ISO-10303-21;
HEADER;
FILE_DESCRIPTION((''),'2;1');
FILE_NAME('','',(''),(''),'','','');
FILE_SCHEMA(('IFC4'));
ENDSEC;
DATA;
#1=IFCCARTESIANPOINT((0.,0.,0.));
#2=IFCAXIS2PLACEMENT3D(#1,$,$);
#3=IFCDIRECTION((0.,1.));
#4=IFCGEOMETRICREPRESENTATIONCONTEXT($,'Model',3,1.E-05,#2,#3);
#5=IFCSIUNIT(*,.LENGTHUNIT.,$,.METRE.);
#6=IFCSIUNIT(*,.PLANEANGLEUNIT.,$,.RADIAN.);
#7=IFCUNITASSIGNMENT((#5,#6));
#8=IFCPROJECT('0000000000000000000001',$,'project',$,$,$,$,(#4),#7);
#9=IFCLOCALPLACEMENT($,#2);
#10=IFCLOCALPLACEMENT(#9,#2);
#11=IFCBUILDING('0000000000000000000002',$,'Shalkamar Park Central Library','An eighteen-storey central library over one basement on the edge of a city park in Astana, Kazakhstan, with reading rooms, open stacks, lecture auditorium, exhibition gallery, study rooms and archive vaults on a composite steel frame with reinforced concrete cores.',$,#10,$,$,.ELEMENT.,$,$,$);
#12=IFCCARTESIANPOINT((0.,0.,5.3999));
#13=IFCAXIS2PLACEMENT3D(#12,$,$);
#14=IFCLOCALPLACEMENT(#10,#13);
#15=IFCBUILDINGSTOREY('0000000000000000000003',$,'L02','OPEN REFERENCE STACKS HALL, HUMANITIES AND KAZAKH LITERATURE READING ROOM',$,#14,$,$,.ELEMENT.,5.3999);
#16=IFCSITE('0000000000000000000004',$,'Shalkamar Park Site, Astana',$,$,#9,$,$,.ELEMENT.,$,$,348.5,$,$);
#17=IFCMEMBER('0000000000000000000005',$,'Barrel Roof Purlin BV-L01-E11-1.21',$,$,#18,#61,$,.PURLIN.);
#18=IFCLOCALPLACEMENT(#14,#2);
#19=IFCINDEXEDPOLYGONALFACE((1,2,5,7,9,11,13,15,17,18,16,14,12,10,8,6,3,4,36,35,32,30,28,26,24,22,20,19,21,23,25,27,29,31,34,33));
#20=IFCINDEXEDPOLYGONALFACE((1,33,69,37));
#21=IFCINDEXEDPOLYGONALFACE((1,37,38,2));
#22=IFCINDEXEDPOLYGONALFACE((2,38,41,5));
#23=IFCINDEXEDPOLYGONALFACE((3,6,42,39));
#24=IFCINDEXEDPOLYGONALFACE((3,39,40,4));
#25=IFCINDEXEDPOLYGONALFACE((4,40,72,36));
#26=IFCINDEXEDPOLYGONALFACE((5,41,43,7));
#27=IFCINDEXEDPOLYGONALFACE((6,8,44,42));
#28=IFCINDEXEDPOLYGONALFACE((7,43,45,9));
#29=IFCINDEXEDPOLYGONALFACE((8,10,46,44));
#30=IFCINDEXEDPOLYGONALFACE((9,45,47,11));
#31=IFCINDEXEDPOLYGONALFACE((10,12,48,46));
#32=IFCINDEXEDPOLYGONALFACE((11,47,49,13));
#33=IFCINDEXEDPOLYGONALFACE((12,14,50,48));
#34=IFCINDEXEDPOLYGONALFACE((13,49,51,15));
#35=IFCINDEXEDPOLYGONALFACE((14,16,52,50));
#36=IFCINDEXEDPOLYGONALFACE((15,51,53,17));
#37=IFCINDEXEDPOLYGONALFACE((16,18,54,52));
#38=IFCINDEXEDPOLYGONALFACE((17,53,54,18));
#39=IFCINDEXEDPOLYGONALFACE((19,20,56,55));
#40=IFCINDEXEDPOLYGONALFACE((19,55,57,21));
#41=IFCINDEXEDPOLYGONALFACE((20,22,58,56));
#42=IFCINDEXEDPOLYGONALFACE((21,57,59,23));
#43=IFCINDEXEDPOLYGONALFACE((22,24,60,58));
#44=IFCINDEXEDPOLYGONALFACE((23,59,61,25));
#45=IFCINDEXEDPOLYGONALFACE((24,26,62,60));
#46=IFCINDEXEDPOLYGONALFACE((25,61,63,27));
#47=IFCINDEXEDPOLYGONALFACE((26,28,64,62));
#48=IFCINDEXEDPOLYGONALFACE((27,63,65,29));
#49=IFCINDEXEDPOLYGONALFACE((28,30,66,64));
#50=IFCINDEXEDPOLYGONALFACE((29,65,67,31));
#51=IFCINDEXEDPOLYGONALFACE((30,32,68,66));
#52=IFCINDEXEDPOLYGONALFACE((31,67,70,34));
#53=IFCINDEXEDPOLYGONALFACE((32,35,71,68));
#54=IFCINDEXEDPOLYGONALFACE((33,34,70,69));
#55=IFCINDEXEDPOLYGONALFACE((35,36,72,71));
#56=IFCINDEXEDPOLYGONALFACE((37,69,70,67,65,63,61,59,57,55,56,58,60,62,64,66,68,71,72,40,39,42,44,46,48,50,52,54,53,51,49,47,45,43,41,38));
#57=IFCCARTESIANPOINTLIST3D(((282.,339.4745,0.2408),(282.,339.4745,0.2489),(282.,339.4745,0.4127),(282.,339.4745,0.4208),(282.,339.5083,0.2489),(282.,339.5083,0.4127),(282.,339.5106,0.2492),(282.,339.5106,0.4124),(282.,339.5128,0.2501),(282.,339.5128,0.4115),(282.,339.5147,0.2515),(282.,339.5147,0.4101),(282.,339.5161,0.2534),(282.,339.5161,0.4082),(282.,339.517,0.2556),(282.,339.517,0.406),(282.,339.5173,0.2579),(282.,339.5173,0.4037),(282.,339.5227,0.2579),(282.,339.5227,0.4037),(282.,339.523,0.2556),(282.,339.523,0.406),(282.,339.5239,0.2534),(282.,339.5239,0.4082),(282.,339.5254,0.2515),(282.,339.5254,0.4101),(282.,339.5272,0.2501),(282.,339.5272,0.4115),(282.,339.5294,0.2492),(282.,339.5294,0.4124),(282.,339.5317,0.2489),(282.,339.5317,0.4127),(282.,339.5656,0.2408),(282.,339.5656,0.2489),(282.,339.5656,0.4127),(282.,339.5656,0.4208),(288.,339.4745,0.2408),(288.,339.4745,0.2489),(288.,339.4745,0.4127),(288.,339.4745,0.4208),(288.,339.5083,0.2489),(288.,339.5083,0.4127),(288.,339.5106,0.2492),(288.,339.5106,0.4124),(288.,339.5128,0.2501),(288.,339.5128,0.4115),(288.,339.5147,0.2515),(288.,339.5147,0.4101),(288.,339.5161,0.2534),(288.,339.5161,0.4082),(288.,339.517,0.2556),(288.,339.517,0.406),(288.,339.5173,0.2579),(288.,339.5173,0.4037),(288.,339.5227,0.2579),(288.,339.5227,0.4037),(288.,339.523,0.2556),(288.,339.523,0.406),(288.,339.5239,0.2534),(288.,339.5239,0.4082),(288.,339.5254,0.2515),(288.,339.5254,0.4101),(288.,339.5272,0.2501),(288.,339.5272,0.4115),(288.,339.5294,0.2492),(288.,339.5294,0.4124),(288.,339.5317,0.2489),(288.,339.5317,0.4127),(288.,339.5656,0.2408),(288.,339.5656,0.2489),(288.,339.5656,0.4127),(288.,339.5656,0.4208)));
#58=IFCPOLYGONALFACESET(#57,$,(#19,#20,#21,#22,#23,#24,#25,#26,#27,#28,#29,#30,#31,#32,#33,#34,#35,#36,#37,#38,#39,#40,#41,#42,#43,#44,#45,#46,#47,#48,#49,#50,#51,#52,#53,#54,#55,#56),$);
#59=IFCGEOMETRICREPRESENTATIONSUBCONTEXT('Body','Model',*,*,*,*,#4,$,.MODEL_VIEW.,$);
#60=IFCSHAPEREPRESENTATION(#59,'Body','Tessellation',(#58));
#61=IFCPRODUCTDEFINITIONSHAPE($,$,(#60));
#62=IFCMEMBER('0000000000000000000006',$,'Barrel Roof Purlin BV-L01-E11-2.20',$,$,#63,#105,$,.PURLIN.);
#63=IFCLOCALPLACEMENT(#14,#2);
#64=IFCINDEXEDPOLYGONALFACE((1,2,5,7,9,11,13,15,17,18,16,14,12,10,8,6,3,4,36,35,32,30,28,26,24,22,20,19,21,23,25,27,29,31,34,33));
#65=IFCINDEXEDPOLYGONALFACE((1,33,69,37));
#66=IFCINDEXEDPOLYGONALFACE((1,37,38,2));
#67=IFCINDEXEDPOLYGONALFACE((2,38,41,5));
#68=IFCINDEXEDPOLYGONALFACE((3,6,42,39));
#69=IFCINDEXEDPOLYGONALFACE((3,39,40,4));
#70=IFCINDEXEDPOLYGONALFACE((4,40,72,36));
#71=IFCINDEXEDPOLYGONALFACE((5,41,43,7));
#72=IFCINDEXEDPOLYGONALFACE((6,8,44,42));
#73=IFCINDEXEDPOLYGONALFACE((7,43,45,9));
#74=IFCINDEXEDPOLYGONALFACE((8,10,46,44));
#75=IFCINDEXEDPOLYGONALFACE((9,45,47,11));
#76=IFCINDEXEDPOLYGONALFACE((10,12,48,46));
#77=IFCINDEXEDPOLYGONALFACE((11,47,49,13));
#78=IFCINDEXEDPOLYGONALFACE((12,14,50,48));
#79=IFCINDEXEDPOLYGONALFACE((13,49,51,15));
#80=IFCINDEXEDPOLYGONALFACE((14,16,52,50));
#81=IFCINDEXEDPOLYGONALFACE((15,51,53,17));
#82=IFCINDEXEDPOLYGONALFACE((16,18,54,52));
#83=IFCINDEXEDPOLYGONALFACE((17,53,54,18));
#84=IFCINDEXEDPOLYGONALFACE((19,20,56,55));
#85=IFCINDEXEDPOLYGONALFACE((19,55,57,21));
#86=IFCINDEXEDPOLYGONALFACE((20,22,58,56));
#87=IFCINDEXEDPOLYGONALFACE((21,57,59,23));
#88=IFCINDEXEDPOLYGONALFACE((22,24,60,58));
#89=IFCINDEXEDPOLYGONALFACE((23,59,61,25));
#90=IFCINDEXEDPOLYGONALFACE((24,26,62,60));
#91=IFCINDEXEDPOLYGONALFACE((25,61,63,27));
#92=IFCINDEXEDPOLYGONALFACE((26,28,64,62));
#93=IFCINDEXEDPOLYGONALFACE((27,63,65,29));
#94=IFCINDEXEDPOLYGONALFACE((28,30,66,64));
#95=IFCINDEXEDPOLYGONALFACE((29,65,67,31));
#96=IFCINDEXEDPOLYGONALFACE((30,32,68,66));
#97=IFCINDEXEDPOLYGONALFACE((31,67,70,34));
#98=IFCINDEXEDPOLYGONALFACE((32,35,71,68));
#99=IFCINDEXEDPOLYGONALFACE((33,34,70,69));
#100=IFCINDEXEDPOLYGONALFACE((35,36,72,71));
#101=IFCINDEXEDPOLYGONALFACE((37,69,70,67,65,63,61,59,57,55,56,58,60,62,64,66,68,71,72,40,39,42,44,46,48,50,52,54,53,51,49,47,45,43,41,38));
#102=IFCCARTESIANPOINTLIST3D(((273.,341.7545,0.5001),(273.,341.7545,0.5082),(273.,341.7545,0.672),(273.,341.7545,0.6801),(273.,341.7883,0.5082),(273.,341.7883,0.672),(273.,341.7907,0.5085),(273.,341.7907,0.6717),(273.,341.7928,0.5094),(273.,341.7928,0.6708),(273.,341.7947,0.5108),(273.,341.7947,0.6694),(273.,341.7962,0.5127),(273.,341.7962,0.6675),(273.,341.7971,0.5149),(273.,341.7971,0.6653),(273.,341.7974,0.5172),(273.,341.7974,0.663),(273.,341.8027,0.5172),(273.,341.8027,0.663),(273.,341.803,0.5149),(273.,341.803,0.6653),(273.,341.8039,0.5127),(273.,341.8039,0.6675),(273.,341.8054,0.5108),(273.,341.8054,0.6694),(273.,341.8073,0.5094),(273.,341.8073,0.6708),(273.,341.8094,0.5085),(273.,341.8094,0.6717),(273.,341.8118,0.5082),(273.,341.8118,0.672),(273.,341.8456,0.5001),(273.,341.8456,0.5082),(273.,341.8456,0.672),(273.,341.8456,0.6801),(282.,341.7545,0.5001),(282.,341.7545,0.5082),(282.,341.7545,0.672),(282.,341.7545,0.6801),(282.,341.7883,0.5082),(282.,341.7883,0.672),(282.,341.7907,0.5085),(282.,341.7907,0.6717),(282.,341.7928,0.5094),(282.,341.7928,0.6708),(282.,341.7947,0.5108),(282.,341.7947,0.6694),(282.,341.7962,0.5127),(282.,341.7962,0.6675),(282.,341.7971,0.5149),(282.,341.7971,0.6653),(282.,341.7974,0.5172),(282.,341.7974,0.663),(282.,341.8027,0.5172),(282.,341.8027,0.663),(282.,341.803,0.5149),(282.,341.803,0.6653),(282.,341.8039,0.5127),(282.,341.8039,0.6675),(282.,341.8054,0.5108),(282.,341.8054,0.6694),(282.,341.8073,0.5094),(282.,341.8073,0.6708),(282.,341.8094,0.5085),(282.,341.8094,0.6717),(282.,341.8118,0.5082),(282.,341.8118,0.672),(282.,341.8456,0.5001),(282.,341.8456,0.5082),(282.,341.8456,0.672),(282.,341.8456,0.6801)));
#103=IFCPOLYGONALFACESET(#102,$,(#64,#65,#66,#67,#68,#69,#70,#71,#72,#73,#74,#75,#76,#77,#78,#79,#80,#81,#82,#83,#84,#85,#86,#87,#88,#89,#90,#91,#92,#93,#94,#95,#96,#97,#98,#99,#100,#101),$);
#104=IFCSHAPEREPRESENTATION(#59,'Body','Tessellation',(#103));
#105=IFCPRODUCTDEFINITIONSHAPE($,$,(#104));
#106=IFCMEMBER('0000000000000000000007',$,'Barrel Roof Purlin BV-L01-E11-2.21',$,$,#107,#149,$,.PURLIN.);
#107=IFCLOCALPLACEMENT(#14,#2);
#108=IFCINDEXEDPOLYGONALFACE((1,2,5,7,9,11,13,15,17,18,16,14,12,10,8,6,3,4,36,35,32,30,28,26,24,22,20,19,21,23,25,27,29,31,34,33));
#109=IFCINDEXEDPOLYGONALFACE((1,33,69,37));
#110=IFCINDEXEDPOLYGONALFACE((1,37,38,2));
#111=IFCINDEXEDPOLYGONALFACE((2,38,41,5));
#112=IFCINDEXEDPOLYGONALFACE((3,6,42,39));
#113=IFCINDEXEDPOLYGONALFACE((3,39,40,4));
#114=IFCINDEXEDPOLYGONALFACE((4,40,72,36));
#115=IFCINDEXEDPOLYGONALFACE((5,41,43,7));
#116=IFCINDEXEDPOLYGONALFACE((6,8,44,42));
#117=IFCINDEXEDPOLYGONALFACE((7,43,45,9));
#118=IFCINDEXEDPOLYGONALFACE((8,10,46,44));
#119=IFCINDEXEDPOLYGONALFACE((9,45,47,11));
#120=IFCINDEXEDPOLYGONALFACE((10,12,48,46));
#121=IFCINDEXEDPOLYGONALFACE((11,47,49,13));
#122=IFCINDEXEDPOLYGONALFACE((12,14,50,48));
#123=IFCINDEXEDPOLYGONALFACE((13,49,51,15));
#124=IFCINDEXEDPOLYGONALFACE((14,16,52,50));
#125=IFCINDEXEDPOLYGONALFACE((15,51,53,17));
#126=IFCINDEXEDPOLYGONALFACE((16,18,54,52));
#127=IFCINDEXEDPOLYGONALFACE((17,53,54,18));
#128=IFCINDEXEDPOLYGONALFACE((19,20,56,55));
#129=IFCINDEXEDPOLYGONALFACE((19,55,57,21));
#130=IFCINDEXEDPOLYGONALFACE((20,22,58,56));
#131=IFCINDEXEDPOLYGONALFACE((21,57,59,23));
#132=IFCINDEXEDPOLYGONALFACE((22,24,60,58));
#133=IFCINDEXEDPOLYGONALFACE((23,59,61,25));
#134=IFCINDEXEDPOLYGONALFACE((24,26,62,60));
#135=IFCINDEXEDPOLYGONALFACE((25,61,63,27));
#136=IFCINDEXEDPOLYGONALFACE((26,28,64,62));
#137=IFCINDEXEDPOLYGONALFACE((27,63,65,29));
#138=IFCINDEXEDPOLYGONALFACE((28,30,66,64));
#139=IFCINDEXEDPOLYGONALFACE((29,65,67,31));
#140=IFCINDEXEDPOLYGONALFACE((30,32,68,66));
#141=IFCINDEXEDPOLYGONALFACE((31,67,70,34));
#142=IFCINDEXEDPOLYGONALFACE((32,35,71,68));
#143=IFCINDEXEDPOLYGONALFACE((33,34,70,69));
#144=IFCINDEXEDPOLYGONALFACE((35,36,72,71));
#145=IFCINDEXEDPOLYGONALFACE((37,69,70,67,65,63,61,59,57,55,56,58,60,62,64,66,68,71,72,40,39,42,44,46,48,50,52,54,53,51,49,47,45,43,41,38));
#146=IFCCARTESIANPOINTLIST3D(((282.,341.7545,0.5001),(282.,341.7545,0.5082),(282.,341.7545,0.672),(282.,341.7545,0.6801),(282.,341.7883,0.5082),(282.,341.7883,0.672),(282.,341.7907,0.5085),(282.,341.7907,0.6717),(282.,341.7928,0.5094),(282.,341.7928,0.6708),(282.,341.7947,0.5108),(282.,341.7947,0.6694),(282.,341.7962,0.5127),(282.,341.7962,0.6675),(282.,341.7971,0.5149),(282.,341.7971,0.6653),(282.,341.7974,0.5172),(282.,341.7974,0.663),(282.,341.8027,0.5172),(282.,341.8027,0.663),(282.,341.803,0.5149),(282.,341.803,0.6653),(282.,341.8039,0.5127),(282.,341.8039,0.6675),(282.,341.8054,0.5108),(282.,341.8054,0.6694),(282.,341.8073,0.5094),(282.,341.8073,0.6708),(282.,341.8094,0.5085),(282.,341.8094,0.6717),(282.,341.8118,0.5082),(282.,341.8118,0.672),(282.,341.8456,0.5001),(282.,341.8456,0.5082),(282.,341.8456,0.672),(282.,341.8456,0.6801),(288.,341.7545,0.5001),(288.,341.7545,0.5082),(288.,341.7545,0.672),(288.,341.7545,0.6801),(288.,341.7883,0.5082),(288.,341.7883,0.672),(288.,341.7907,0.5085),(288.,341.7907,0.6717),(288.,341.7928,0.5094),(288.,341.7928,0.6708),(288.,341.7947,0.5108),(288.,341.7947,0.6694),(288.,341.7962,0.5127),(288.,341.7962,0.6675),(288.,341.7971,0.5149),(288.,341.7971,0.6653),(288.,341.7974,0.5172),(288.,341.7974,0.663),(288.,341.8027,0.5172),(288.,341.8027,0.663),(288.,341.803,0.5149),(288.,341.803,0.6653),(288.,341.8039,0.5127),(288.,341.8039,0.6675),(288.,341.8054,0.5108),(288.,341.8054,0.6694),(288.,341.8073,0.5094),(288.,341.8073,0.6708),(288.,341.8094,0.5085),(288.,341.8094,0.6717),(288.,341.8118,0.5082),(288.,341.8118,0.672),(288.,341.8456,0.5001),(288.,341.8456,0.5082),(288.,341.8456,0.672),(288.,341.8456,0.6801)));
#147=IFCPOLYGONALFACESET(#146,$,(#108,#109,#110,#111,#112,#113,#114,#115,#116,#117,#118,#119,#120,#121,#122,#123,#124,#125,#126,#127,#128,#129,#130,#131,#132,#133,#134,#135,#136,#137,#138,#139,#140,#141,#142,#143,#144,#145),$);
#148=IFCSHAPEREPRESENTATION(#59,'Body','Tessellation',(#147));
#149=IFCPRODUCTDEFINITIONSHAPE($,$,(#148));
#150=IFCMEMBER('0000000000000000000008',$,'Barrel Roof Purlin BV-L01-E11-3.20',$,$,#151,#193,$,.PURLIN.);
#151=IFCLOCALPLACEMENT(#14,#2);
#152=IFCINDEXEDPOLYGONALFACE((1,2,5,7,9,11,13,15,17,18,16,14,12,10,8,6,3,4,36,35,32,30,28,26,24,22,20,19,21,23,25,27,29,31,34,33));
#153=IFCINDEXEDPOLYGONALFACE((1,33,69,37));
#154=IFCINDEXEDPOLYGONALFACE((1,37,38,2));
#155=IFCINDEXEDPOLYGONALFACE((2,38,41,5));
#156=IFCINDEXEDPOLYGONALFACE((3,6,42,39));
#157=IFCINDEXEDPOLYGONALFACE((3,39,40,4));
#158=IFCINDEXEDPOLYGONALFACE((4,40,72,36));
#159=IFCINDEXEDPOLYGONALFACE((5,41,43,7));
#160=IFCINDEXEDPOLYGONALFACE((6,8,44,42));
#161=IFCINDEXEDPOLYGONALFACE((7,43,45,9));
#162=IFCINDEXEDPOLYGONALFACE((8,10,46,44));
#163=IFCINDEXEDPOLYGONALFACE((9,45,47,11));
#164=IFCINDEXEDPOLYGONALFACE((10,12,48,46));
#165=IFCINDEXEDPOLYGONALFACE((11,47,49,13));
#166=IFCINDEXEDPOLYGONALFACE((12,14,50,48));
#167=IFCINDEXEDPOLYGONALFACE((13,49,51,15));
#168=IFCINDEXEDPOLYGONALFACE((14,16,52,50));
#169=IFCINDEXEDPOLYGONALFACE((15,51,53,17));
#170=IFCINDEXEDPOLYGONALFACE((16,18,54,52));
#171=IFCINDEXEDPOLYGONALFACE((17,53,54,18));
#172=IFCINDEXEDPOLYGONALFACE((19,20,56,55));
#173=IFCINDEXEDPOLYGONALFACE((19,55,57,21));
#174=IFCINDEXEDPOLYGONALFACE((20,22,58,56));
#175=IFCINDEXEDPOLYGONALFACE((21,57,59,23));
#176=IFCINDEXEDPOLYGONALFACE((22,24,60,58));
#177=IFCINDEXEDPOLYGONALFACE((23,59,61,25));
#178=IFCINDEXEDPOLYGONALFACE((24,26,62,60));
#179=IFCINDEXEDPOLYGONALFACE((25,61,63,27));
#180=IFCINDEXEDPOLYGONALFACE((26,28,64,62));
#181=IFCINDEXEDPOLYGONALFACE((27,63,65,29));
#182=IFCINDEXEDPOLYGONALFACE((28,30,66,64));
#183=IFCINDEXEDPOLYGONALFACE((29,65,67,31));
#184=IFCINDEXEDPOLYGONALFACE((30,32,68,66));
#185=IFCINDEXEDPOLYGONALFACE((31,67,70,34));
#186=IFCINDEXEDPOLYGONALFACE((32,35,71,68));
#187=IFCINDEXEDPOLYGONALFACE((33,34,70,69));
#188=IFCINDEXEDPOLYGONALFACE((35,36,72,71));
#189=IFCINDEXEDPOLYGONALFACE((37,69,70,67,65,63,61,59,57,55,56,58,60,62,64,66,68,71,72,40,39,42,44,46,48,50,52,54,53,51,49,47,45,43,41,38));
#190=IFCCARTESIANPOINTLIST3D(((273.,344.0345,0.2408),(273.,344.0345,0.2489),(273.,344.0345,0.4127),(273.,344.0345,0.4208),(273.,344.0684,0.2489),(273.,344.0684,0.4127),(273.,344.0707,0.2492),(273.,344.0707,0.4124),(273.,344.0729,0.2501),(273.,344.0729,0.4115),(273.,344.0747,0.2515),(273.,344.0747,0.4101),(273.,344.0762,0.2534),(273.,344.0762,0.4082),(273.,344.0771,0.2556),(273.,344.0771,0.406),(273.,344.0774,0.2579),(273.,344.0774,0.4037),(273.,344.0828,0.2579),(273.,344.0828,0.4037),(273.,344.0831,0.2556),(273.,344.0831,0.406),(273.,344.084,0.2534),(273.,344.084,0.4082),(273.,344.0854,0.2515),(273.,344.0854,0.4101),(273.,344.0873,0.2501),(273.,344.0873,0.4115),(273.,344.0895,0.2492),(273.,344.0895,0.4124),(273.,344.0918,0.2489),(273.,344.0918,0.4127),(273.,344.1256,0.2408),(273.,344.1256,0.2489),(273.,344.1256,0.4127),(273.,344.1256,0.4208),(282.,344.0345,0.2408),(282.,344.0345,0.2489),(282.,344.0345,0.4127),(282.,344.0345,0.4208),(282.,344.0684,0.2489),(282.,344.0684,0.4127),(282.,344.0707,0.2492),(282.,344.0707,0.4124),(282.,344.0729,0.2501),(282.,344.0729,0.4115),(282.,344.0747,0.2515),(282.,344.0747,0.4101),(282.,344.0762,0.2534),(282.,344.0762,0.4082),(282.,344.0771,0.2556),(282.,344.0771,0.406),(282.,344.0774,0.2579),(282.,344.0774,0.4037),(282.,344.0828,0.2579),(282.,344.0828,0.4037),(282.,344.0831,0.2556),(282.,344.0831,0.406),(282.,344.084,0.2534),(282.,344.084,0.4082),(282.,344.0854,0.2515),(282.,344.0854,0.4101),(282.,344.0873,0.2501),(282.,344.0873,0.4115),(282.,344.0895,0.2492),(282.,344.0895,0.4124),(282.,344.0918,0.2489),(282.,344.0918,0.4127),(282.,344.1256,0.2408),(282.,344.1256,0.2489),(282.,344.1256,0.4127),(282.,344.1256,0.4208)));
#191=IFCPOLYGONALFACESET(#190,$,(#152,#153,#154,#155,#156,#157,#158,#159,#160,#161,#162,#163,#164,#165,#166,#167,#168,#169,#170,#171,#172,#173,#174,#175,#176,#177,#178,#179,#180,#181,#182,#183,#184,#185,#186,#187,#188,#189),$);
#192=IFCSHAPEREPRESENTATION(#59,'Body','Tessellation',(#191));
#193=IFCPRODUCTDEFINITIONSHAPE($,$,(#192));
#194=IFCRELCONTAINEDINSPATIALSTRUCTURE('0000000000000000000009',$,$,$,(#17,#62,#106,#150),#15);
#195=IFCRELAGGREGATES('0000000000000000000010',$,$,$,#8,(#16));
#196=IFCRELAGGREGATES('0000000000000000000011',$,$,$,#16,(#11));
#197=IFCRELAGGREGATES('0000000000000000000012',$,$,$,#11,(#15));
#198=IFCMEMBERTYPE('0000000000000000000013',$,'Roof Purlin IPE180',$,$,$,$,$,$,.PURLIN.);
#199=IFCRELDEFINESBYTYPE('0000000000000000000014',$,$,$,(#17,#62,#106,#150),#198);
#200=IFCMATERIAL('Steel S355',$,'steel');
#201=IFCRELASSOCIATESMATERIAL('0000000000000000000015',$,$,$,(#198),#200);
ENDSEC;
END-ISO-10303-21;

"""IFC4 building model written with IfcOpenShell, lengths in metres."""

from ifc_helpers import new_model, si_unit, direction, frame, origin, origin_2d, place, context, subcontext, project, spatial, i_section, extrude, material, material_profile, profile_set, type_object, element, save


model = new_model("IFC4")

# Units and contexts
model_context = context("Model", 3, precision=1e-05, world=origin(), true_north=direction((0.0, 1.0)))
body_context = subcontext(model_context, "Body", "Model", "MODEL_VIEW")
ifc_project = project(units=[si_unit("LENGTHUNIT", "METRE"), si_unit("PLANEANGLEUNIT", "RADIAN")], contexts=[model_context])

# Site, building, storey
site_placement = place(None, origin())
site = spatial("IfcSite", under=ifc_project, at=site_placement, Name="Shalkamar Park Site, Astana", CompositionType="ELEMENT", RefElevation=348.5)
building_placement = place(site_placement, origin())
building = spatial("IfcBuilding", under=site, at=building_placement, Name="Shalkamar Park Central Library", Description="An eighteen-storey central library over one basement on the edge of a city park in Astana, Kazakhstan, with reading rooms, open stacks, lecture auditorium, exhibition gallery, study rooms and archive vaults on a composite steel frame with reinforced concrete cores.", CompositionType="ELEMENT")
storey_placement = place(building_placement, frame((0.0, 0.0, 5.3999)))
storey = spatial("IfcBuildingStorey", under=building, at=storey_placement, Name="L02", Description="OPEN REFERENCE STACKS HALL, HUMANITIES AND KAZAKH LITERATURE READING ROOM", CompositionType="ELEMENT", Elevation=5.3999)

# Members
ifc_material_1 = material(Name="Steel S355", Category="steel")
ifc_material_profile_1 = material_profile(ifc_material_1, i_section(OverallWidth=0.0911, OverallDepth=0.1799, WebThickness=0.0054, FlangeThickness=0.0081, FilletRadius=0.009, at=origin_2d()), Name="IPE 180")
ifc_profile_set_1 = profile_set([ifc_material_profile_1], Name="Steel S355")
member_type_1 = type_object("IfcMemberType", Name="Roof Purlin IPE180", PredefinedType="PURLIN", material=ifc_profile_set_1)
member_1_placement = place(storey_placement, frame((282.0, 339.52, 0.3308), z_axis=(1.0, 0.0, 0.0), x_axis=(0.0, 1.0, 0.0)))
element("IfcMember", 1, at=member_1_placement, inside=storey, type_object=member_type_1, Name="Barrel Roof Purlin BV-L01-E11-1.21", PredefinedType="PURLIN", context=body_context, shape_type="SweptSolid", body=[
    extrude(i_section(OverallWidth=0.0911, OverallDepth=0.1799, WebThickness=0.0054, FlangeThickness=0.0081, FilletRadius=0.009, at=origin_2d()), origin(), (0.0, 0.0, 1.0), 6.0),
])
member_2_placement = place(storey_placement, frame((273.0, 341.8, 0.5901), z_axis=(1.0, 0.0, 0.0), x_axis=(0.0, 1.0, 0.0)))
element("IfcMember", 2, at=member_2_placement, inside=storey, type_object=member_type_1, Name="Barrel Roof Purlin BV-L01-E11-2.20", PredefinedType="PURLIN", context=body_context, shape_type="SweptSolid", body=[
    extrude(i_section(OverallWidth=0.0911, OverallDepth=0.1799, WebThickness=0.0054, FlangeThickness=0.0081, FilletRadius=0.009, at=origin_2d()), origin(), (0.0, 0.0, 1.0), 9.0),
])
member_3_placement = place(storey_placement, frame((282.0, 341.8, 0.5901), z_axis=(1.0, 0.0, 0.0), x_axis=(0.0, 1.0, 0.0)))
element("IfcMember", 3, at=member_3_placement, inside=storey, type_object=member_type_1, Name="Barrel Roof Purlin BV-L01-E11-2.21", PredefinedType="PURLIN", context=body_context, shape_type="SweptSolid", body=[
    extrude(i_section(OverallWidth=0.0911, OverallDepth=0.1799, WebThickness=0.0054, FlangeThickness=0.0081, FilletRadius=0.009, at=origin_2d()), origin(), (0.0, 0.0, 1.0), 6.0),
])
member_4_placement = place(storey_placement, frame((273.0, 344.0801, 0.3308), z_axis=(1.0, 0.0, 0.0), x_axis=(0.0, 1.0, 0.0)))
element("IfcMember", 4, at=member_4_placement, inside=storey, type_object=member_type_1, Name="Barrel Roof Purlin BV-L01-E11-3.20", PredefinedType="PURLIN", context=body_context, shape_type="SweptSolid", body=[
    extrude(i_section(OverallWidth=0.0911, OverallDepth=0.1799, WebThickness=0.0054, FlangeThickness=0.0081, FilletRadius=0.009, at=origin_2d()), origin(), (0.0, 0.0, 1.0), 9.0),
])

save(model, "model.ifc")
